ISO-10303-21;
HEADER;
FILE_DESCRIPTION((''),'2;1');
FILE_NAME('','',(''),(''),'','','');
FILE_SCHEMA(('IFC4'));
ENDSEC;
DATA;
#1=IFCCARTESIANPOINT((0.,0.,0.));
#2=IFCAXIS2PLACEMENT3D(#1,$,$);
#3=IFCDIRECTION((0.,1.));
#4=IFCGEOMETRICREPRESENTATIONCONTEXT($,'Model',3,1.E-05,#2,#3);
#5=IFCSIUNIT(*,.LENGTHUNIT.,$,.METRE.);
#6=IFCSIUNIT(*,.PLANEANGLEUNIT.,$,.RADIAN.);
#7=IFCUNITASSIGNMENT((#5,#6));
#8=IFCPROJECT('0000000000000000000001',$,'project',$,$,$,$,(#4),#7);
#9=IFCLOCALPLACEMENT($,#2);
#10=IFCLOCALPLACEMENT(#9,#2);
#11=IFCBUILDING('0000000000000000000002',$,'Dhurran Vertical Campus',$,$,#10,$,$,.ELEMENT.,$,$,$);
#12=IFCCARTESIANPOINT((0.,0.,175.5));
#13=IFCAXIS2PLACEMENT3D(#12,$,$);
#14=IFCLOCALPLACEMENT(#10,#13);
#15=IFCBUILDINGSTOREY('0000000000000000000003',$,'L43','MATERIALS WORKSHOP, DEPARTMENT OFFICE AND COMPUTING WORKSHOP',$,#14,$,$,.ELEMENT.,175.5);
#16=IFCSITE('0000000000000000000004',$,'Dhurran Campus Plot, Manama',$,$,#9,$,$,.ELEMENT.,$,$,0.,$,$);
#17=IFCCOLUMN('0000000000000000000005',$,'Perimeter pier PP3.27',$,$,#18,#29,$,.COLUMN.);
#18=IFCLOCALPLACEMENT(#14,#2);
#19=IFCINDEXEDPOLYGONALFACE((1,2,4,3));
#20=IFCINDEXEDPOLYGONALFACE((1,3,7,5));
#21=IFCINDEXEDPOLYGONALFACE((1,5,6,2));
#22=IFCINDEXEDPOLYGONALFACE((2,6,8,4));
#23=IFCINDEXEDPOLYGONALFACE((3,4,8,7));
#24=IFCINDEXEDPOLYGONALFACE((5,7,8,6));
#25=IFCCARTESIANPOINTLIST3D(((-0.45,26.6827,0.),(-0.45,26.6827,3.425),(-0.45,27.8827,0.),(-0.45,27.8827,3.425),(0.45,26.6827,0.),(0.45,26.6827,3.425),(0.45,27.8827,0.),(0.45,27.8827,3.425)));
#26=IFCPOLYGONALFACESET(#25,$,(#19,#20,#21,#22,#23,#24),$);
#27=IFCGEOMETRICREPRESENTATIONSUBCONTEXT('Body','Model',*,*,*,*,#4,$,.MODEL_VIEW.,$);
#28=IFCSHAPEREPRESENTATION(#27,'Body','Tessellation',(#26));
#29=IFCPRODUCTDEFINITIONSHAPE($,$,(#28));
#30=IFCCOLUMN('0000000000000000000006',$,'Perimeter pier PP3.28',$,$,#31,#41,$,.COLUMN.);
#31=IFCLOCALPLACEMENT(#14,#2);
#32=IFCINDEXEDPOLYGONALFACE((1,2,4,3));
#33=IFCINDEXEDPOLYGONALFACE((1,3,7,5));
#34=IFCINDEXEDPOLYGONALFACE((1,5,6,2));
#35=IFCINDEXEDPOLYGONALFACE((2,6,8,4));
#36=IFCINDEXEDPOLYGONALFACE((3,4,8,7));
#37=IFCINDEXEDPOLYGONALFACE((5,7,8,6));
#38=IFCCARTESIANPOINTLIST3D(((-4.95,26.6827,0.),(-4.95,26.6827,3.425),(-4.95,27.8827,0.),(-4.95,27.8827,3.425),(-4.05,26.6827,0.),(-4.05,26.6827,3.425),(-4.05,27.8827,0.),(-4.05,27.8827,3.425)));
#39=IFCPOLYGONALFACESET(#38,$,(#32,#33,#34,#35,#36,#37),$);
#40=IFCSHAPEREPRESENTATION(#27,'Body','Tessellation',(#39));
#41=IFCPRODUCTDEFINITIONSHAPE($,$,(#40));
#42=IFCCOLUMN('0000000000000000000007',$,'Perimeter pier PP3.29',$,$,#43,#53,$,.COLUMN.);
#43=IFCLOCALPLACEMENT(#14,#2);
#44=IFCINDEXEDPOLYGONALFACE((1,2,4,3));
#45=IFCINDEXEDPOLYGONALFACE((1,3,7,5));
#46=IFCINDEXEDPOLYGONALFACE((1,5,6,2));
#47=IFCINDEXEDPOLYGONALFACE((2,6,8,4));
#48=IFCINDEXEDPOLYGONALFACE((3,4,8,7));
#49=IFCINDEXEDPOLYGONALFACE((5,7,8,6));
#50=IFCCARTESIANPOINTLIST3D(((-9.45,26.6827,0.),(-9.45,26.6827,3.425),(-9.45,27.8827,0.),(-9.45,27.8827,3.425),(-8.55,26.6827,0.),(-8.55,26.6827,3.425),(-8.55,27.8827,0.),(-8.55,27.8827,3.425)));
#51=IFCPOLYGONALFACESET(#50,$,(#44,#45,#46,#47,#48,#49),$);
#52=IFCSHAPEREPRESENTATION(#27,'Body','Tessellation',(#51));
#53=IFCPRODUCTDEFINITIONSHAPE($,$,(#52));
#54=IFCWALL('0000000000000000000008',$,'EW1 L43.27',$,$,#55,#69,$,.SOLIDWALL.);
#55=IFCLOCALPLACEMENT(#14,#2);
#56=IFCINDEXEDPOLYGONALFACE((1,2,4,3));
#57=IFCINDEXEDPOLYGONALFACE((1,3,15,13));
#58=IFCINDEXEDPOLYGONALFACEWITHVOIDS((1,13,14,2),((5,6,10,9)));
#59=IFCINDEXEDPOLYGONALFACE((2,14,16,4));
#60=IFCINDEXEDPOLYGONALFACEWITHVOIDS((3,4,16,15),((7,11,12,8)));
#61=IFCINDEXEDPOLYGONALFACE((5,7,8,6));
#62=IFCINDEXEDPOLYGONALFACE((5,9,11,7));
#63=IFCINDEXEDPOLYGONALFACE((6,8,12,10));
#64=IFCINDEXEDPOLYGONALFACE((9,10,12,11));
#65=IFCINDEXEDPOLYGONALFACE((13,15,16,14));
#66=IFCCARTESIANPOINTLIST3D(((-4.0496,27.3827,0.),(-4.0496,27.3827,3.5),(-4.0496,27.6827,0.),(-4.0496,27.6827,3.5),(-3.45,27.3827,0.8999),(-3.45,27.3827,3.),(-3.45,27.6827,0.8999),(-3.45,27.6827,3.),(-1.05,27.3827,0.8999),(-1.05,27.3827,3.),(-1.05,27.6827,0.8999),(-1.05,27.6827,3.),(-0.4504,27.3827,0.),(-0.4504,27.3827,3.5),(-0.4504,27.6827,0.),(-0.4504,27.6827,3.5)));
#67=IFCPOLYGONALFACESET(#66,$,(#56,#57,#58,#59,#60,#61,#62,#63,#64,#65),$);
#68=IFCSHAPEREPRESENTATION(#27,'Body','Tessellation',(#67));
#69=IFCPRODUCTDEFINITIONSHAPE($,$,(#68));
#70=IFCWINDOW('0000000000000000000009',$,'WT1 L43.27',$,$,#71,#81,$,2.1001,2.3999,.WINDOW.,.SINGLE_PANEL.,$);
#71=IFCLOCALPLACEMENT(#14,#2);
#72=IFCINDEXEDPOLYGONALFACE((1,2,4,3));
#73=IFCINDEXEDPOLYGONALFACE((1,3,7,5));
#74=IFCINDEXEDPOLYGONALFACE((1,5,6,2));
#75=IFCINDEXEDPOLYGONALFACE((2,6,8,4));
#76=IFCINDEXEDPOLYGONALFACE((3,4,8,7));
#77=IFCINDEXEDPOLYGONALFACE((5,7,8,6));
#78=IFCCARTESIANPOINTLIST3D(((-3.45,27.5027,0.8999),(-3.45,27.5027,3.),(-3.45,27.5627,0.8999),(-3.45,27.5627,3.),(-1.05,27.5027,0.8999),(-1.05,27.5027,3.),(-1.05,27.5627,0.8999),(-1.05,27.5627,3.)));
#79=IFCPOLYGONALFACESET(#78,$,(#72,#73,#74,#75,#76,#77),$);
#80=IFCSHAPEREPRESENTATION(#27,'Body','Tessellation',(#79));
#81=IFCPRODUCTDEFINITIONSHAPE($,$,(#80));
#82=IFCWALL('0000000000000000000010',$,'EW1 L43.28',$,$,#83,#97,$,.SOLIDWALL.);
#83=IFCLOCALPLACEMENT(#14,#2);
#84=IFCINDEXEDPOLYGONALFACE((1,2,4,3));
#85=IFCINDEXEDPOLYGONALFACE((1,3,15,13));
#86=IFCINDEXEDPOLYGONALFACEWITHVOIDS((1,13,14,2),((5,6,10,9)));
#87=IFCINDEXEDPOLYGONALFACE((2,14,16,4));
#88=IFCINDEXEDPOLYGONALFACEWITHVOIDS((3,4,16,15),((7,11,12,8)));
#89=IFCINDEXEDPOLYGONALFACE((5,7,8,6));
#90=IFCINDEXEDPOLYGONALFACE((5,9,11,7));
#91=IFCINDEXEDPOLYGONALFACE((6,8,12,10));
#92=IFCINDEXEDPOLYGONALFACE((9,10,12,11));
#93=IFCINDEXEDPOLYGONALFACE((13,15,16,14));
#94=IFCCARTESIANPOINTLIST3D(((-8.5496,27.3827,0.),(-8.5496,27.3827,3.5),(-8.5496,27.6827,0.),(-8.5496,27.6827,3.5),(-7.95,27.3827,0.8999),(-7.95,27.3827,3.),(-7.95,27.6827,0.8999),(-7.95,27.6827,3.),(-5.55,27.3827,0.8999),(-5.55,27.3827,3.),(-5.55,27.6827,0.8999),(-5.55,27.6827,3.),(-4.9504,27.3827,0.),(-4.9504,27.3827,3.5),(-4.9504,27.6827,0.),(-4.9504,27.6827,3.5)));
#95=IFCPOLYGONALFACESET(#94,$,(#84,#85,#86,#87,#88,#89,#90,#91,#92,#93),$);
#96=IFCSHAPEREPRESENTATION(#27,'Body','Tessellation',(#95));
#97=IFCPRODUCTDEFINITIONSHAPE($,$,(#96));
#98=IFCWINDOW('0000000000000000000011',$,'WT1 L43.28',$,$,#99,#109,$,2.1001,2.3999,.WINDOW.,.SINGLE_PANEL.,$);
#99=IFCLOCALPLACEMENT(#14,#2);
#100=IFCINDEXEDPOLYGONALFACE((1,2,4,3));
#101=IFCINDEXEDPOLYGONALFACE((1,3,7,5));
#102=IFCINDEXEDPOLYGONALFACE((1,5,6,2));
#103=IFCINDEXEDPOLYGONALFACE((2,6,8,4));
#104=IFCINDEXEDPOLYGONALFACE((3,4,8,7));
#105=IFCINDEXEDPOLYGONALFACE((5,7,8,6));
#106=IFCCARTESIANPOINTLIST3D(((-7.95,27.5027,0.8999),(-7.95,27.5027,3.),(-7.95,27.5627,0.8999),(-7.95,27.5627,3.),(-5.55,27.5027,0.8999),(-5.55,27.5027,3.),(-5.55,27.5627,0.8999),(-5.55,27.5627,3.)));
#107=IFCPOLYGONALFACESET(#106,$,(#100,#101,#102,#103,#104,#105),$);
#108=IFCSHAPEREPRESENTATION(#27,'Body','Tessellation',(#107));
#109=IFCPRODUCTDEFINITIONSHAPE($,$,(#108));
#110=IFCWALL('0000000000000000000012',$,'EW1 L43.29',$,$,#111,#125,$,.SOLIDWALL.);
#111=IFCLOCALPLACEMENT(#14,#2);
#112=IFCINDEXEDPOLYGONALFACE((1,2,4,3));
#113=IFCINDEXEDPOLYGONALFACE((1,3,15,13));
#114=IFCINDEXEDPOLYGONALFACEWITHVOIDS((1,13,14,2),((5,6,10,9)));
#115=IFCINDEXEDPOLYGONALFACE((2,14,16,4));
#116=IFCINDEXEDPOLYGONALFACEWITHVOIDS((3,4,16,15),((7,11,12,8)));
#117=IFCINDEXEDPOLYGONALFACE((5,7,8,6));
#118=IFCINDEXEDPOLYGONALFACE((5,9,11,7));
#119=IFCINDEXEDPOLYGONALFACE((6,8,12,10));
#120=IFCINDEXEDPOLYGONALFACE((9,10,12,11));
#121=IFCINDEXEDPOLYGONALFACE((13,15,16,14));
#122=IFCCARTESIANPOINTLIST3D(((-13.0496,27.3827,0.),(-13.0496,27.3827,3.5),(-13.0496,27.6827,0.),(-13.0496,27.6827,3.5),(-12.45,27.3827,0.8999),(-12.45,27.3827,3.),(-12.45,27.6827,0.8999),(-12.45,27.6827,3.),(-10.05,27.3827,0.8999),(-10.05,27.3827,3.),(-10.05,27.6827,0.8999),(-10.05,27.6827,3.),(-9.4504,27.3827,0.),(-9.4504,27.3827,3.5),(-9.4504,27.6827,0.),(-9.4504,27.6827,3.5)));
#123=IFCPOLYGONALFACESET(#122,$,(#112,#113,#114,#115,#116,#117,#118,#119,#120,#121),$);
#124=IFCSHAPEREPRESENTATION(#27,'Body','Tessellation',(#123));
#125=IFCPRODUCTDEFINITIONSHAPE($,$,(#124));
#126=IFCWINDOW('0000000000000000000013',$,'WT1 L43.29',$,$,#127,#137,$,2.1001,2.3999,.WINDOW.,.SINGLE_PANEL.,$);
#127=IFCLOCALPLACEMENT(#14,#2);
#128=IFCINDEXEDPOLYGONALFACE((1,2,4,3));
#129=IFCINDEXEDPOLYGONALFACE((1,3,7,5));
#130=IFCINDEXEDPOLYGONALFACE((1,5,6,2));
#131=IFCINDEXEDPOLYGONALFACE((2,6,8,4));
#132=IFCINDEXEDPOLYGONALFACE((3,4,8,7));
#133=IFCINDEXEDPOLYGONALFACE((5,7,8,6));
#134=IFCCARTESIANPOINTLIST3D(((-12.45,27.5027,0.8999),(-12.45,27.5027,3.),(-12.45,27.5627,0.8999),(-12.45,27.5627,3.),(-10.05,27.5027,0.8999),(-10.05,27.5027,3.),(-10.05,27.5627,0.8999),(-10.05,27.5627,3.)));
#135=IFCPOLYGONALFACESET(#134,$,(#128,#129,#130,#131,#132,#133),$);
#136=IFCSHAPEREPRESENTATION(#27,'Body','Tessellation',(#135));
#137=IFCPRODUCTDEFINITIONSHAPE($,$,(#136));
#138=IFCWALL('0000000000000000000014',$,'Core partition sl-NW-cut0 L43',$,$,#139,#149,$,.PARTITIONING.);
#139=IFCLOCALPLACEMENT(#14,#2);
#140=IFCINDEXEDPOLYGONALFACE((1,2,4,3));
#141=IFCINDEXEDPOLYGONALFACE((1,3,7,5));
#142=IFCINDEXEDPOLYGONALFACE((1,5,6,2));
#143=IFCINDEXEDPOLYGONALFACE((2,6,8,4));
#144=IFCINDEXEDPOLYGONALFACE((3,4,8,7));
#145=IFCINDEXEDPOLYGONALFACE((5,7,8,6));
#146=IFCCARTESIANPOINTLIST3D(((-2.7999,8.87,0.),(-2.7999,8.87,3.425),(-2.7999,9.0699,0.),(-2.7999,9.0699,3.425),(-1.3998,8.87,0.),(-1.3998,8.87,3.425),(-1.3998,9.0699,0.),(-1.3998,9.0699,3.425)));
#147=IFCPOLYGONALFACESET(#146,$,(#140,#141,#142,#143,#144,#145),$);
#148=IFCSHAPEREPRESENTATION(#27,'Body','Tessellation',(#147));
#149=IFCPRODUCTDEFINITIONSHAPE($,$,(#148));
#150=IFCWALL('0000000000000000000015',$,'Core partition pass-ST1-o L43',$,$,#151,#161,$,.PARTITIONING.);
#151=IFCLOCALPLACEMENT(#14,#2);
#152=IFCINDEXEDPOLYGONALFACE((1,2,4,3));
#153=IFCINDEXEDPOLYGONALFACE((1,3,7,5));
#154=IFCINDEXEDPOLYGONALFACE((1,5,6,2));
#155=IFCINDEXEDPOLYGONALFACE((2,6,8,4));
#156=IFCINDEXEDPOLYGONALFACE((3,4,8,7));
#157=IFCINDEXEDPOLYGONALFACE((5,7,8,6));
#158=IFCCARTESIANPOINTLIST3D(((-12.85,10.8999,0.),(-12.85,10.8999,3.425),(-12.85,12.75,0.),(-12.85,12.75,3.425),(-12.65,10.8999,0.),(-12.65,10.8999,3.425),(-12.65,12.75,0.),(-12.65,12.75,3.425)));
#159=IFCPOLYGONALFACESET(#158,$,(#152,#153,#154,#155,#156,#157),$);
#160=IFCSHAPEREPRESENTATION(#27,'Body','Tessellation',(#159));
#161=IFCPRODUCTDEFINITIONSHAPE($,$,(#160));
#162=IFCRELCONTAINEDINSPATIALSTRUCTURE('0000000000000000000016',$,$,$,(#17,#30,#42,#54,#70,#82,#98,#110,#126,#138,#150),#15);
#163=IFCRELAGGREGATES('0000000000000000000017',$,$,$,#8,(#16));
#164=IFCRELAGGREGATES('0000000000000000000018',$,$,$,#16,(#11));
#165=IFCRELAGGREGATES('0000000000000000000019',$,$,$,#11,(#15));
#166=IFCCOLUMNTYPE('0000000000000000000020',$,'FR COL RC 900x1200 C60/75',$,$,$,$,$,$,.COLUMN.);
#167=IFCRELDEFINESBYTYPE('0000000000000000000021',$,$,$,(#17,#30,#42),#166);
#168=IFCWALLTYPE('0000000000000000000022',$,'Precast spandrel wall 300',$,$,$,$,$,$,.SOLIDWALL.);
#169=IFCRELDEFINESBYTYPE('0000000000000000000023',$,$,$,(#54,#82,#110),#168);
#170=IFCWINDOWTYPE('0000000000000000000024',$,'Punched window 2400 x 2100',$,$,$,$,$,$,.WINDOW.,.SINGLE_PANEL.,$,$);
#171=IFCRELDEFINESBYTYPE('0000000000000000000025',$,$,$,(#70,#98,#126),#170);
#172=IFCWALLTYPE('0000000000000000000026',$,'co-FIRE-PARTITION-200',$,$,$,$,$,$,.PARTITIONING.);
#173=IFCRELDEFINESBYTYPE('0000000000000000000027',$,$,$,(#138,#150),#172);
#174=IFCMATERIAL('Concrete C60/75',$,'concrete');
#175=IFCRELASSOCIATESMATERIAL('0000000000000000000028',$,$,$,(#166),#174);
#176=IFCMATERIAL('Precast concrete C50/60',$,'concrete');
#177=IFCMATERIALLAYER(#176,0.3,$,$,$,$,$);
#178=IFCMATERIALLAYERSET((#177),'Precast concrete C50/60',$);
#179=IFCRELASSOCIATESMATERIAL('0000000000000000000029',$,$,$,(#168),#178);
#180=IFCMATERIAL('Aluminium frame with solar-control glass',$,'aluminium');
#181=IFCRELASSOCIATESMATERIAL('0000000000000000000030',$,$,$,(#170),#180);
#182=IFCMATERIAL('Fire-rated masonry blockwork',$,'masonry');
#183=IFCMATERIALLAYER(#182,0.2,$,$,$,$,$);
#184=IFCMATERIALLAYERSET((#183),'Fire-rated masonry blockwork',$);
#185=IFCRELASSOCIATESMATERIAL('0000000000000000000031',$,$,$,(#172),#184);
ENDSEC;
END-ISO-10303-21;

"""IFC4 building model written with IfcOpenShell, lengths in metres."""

from ifc_helpers import new_model, si_unit, direction, frame, frame_2d, origin, origin_2d, place, context, subcontext, project, spatial, rectangle, extrude, material, layer, layer_set, material_profile, profile_set, type_object, element, fill, save


model = new_model("IFC4")

# Units and contexts
model_context = context("Model", 3, precision=1e-05, world=origin(), true_north=direction((0.0, 1.0)))
body_context = subcontext(model_context, "Body", "Model", "MODEL_VIEW")
ifc_project = project(units=[si_unit("LENGTHUNIT", "METRE"), si_unit("PLANEANGLEUNIT", "RADIAN")], contexts=[model_context])

# Site, building, storey
site_placement = place(None, origin())
site = spatial("IfcSite", under=ifc_project, at=site_placement, Name="Dhurran Campus Plot, Manama", CompositionType="ELEMENT", RefElevation=0.0)
building_placement = place(site_placement, origin())
building = spatial("IfcBuilding", under=site, at=building_placement, Name="Dhurran Vertical Campus", CompositionType="ELEMENT")
storey_placement = place(building_placement, frame((0.0, 0.0, 175.5)))
storey = spatial("IfcBuildingStorey", under=building, at=storey_placement, Name="L43", Description="MATERIALS WORKSHOP, DEPARTMENT OFFICE AND COMPUTING WORKSHOP", CompositionType="ELEMENT", Elevation=175.5)

# Columns
ifc_material_1 = material(Name="Concrete C60/75", Category="concrete")
ifc_material_profile = material_profile(ifc_material_1, rectangle(XDim=0.8999, YDim=1.2, at=origin_2d()), Name="RC 900x1200")
ifc_profile_set = profile_set([ifc_material_profile], Name="Concrete C60/75")
column_type = type_object("IfcColumnType", Name="FR COL RC 900x1200 C60/75", PredefinedType="COLUMN", material=ifc_profile_set)
for number, where, z_axis, x_axis, name in (
    (1, (0.0, 27.2827, 0.0), (0.0, 0.0, 1.0), (-1.0, 0.0, 0.0), "Perimeter pier PP3.27"),
    (2, (-4.5, 27.2827, 0.0), (0.0, 0.0, 1.0), (-1.0, 0.0, 0.0), "Perimeter pier PP3.28"),
    (3, (-9.0, 27.2827, 0.0), (0.0, 0.0, 1.0), (-1.0, 0.0, 0.0), "Perimeter pier PP3.29"),
):
    element("IfcColumn", number, at=place(storey_placement, frame(where, z_axis=z_axis, x_axis=x_axis)), inside=storey, type_object=column_type, Name=name, PredefinedType="COLUMN", context=body_context, shape_type="SweptSolid", body=[
        extrude(rectangle(XDim=0.8999, YDim=1.2, at=origin_2d()), origin(), (0.0, 0.0, 1.0), 3.425),
    ])

# Walls, openings, windows
ifc_material_2 = material(Name="Precast concrete C50/60", Category="concrete")
ifc_layer_1 = layer(ifc_material_2, 0.3)
ifc_layer_set_1 = layer_set([ifc_layer_1], Name="Precast concrete C50/60")
wall_type_1 = type_object("IfcWallType", Name="Precast spandrel wall 300", PredefinedType="SOLIDWALL", material=ifc_layer_set_1)
wall_1_placement = place(storey_placement, frame((-0.4504, 27.5327, 0.0), z_axis=(0.0, 0.0, 1.0), x_axis=(-1.0, 0.0, 0.0)))
wall_1 = element("IfcWall", 4, at=wall_1_placement, inside=storey, type_object=wall_type_1, Name="EW1 L43.27", PredefinedType="SOLIDWALL", context=body_context, shape_type="SweptSolid", body=[
    extrude(rectangle(XDim=3.5991, YDim=0.3, at=frame_2d((1.7996, 0.0))), origin(), (0.0, 0.0, 1.0), 3.5),
])
opening_1_placement = place(wall_1_placement, frame((0.5996, 0.0, 0.8999)))
opening_1 = element("IfcOpeningElement", 5, at=opening_1_placement, cuts=wall_1, PredefinedType="OPENING", context=body_context, shape_type="SweptSolid", body=[
    extrude(rectangle(XDim=2.3999, YDim=2.1001, at=frame_2d((1.2, 1.05))), frame((0.0, 0.1599, 0.0), z_axis=(0.0, -1.0, 0.0), x_axis=(1.0, 0.0, 0.0)), (0.0, 0.0, 1.0), 0.3201),
])
ifc_material_3 = material(Name="Aluminium frame with solar-control glass", Category="aluminium")
window_type = type_object("IfcWindowType", Name="Punched window 2400 x 2100", PartitioningType="SINGLE_PANEL", PredefinedType="WINDOW", material=ifc_material_3)
window_1_placement = place(opening_1_placement, origin())
window_1 = element("IfcWindow", 6, at=window_1_placement, inside=storey, type_object=window_type, Name="WT1 L43.27", OverallHeight=2.1001, OverallWidth=2.3999, PartitioningType="SINGLE_PANEL", PredefinedType="WINDOW", context=body_context, shape_type="SweptSolid", body=[
    extrude(rectangle(XDim=2.3999, YDim=2.1001, at=frame_2d((1.2, 1.05))), frame((0.0, 0.03, 0.0), z_axis=(0.0, -1.0, 0.0), x_axis=(1.0, 0.0, 0.0)), (0.0, 0.0, 1.0), 0.0601),
])
fill(opening_1, window_1)
wall_2_placement = place(storey_placement, frame((-4.9504, 27.5327, 0.0), z_axis=(0.0, 0.0, 1.0), x_axis=(-1.0, 0.0, 0.0)))
wall_2 = element("IfcWall", 7, at=wall_2_placement, inside=storey, type_object=wall_type_1, Name="EW1 L43.28", PredefinedType="SOLIDWALL", context=body_context, shape_type="SweptSolid", body=[
    extrude(rectangle(XDim=3.5991, YDim=0.3, at=frame_2d((1.7996, 0.0))), origin(), (0.0, 0.0, 1.0), 3.5),
])
opening_2_placement = place(wall_2_placement, frame((0.5996, 0.0, 0.8999)))
opening_2 = element("IfcOpeningElement", 8, at=opening_2_placement, cuts=wall_2, PredefinedType="OPENING", context=body_context, shape_type="SweptSolid", body=[
    extrude(rectangle(XDim=2.3999, YDim=2.1001, at=frame_2d((1.2, 1.05))), frame((0.0, 0.1599, 0.0), z_axis=(0.0, -1.0, 0.0), x_axis=(1.0, 0.0, 0.0)), (0.0, 0.0, 1.0), 0.3201),
])
window_2_placement = place(opening_2_placement, origin())
window_2 = element("IfcWindow", 9, at=window_2_placement, inside=storey, type_object=window_type, Name="WT1 L43.28", OverallHeight=2.1001, OverallWidth=2.3999, PartitioningType="SINGLE_PANEL", PredefinedType="WINDOW", context=body_context, shape_type="SweptSolid", body=[
    extrude(rectangle(XDim=2.3999, YDim=2.1001, at=frame_2d((1.2, 1.05))), frame((0.0, 0.03, 0.0), z_axis=(0.0, -1.0, 0.0), x_axis=(1.0, 0.0, 0.0)), (0.0, 0.0, 1.0), 0.0601),
])
fill(opening_2, window_2)
wall_3_placement = place(storey_placement, frame((-9.4504, 27.5327, 0.0), z_axis=(0.0, 0.0, 1.0), x_axis=(-1.0, 0.0, 0.0)))
wall_3 = element("IfcWall", 10, at=wall_3_placement, inside=storey, type_object=wall_type_1, Name="EW1 L43.29", PredefinedType="SOLIDWALL", context=body_context, shape_type="SweptSolid", body=[
    extrude(rectangle(XDim=3.5991, YDim=0.3, at=frame_2d((1.7996, 0.0))), origin(), (0.0, 0.0, 1.0), 3.5),
])
opening_3_placement = place(wall_3_placement, frame((0.5996, 0.0, 0.8999)))
opening_3 = element("IfcOpeningElement", 11, at=opening_3_placement, cuts=wall_3, PredefinedType="OPENING", context=body_context, shape_type="SweptSolid", body=[
    extrude(rectangle(XDim=2.3999, YDim=2.1001, at=frame_2d((1.2, 1.05))), frame((0.0, 0.1599, 0.0), z_axis=(0.0, -1.0, 0.0), x_axis=(1.0, 0.0, 0.0)), (0.0, 0.0, 1.0), 0.3201),
])
window_3_placement = place(opening_3_placement, origin())
window_3 = element("IfcWindow", 12, at=window_3_placement, inside=storey, type_object=window_type, Name="WT1 L43.29", OverallHeight=2.1001, OverallWidth=2.3999, PartitioningType="SINGLE_PANEL", PredefinedType="WINDOW", context=body_context, shape_type="SweptSolid", body=[
    extrude(rectangle(XDim=2.3999, YDim=2.1001, at=frame_2d((1.2, 1.05))), frame((0.0, 0.03, 0.0), z_axis=(0.0, -1.0, 0.0), x_axis=(1.0, 0.0, 0.0)), (0.0, 0.0, 1.0), 0.0601),
])
fill(opening_3, window_3)

# Walls
ifc_material_4 = material(Name="Fire-rated masonry blockwork", Category="masonry")
ifc_layer_2 = layer(ifc_material_4, 0.2)
ifc_layer_set_2 = layer_set([ifc_layer_2], Name="Fire-rated masonry blockwork")
wall_type_2 = type_object("IfcWallType", Name="co-FIRE-PARTITION-200", PredefinedType="PARTITIONING", material=ifc_layer_set_2)
wall_4_placement = place(storey_placement, frame((-2.8, 8.97, 0.0), z_axis=(0.0, 0.0, 1.0), x_axis=(1.0, 0.0, 0.0)))
element("IfcWall", 13, at=wall_4_placement, inside=storey, type_object=wall_type_2, Name="Core partition sl-NW-cut0 L43", PredefinedType="PARTITIONING", context=body_context, shape_type="SweptSolid", body=[
    extrude(rectangle(XDim=1.4001, YDim=0.2, at=frame_2d((0.7002, 0.0))), origin(), (0.0, 0.0, 1.0), 3.425),
])
wall_5_placement = place(storey_placement, frame((-12.75, 10.8999, 0.0), z_axis=(0.0, 0.0, 1.0), x_axis=(0.0, 1.0, 0.0)))
element("IfcWall", 14, at=wall_5_placement, inside=storey, type_object=wall_type_2, Name="Core partition pass-ST1-o L43", PredefinedType="PARTITIONING", context=body_context, shape_type="SweptSolid", body=[
    extrude(rectangle(XDim=1.8501, YDim=0.2, at=frame_2d((0.925, 0.0))), origin(), (0.0, 0.0, 1.0), 3.425),
])

save(model, "model.ifc")
